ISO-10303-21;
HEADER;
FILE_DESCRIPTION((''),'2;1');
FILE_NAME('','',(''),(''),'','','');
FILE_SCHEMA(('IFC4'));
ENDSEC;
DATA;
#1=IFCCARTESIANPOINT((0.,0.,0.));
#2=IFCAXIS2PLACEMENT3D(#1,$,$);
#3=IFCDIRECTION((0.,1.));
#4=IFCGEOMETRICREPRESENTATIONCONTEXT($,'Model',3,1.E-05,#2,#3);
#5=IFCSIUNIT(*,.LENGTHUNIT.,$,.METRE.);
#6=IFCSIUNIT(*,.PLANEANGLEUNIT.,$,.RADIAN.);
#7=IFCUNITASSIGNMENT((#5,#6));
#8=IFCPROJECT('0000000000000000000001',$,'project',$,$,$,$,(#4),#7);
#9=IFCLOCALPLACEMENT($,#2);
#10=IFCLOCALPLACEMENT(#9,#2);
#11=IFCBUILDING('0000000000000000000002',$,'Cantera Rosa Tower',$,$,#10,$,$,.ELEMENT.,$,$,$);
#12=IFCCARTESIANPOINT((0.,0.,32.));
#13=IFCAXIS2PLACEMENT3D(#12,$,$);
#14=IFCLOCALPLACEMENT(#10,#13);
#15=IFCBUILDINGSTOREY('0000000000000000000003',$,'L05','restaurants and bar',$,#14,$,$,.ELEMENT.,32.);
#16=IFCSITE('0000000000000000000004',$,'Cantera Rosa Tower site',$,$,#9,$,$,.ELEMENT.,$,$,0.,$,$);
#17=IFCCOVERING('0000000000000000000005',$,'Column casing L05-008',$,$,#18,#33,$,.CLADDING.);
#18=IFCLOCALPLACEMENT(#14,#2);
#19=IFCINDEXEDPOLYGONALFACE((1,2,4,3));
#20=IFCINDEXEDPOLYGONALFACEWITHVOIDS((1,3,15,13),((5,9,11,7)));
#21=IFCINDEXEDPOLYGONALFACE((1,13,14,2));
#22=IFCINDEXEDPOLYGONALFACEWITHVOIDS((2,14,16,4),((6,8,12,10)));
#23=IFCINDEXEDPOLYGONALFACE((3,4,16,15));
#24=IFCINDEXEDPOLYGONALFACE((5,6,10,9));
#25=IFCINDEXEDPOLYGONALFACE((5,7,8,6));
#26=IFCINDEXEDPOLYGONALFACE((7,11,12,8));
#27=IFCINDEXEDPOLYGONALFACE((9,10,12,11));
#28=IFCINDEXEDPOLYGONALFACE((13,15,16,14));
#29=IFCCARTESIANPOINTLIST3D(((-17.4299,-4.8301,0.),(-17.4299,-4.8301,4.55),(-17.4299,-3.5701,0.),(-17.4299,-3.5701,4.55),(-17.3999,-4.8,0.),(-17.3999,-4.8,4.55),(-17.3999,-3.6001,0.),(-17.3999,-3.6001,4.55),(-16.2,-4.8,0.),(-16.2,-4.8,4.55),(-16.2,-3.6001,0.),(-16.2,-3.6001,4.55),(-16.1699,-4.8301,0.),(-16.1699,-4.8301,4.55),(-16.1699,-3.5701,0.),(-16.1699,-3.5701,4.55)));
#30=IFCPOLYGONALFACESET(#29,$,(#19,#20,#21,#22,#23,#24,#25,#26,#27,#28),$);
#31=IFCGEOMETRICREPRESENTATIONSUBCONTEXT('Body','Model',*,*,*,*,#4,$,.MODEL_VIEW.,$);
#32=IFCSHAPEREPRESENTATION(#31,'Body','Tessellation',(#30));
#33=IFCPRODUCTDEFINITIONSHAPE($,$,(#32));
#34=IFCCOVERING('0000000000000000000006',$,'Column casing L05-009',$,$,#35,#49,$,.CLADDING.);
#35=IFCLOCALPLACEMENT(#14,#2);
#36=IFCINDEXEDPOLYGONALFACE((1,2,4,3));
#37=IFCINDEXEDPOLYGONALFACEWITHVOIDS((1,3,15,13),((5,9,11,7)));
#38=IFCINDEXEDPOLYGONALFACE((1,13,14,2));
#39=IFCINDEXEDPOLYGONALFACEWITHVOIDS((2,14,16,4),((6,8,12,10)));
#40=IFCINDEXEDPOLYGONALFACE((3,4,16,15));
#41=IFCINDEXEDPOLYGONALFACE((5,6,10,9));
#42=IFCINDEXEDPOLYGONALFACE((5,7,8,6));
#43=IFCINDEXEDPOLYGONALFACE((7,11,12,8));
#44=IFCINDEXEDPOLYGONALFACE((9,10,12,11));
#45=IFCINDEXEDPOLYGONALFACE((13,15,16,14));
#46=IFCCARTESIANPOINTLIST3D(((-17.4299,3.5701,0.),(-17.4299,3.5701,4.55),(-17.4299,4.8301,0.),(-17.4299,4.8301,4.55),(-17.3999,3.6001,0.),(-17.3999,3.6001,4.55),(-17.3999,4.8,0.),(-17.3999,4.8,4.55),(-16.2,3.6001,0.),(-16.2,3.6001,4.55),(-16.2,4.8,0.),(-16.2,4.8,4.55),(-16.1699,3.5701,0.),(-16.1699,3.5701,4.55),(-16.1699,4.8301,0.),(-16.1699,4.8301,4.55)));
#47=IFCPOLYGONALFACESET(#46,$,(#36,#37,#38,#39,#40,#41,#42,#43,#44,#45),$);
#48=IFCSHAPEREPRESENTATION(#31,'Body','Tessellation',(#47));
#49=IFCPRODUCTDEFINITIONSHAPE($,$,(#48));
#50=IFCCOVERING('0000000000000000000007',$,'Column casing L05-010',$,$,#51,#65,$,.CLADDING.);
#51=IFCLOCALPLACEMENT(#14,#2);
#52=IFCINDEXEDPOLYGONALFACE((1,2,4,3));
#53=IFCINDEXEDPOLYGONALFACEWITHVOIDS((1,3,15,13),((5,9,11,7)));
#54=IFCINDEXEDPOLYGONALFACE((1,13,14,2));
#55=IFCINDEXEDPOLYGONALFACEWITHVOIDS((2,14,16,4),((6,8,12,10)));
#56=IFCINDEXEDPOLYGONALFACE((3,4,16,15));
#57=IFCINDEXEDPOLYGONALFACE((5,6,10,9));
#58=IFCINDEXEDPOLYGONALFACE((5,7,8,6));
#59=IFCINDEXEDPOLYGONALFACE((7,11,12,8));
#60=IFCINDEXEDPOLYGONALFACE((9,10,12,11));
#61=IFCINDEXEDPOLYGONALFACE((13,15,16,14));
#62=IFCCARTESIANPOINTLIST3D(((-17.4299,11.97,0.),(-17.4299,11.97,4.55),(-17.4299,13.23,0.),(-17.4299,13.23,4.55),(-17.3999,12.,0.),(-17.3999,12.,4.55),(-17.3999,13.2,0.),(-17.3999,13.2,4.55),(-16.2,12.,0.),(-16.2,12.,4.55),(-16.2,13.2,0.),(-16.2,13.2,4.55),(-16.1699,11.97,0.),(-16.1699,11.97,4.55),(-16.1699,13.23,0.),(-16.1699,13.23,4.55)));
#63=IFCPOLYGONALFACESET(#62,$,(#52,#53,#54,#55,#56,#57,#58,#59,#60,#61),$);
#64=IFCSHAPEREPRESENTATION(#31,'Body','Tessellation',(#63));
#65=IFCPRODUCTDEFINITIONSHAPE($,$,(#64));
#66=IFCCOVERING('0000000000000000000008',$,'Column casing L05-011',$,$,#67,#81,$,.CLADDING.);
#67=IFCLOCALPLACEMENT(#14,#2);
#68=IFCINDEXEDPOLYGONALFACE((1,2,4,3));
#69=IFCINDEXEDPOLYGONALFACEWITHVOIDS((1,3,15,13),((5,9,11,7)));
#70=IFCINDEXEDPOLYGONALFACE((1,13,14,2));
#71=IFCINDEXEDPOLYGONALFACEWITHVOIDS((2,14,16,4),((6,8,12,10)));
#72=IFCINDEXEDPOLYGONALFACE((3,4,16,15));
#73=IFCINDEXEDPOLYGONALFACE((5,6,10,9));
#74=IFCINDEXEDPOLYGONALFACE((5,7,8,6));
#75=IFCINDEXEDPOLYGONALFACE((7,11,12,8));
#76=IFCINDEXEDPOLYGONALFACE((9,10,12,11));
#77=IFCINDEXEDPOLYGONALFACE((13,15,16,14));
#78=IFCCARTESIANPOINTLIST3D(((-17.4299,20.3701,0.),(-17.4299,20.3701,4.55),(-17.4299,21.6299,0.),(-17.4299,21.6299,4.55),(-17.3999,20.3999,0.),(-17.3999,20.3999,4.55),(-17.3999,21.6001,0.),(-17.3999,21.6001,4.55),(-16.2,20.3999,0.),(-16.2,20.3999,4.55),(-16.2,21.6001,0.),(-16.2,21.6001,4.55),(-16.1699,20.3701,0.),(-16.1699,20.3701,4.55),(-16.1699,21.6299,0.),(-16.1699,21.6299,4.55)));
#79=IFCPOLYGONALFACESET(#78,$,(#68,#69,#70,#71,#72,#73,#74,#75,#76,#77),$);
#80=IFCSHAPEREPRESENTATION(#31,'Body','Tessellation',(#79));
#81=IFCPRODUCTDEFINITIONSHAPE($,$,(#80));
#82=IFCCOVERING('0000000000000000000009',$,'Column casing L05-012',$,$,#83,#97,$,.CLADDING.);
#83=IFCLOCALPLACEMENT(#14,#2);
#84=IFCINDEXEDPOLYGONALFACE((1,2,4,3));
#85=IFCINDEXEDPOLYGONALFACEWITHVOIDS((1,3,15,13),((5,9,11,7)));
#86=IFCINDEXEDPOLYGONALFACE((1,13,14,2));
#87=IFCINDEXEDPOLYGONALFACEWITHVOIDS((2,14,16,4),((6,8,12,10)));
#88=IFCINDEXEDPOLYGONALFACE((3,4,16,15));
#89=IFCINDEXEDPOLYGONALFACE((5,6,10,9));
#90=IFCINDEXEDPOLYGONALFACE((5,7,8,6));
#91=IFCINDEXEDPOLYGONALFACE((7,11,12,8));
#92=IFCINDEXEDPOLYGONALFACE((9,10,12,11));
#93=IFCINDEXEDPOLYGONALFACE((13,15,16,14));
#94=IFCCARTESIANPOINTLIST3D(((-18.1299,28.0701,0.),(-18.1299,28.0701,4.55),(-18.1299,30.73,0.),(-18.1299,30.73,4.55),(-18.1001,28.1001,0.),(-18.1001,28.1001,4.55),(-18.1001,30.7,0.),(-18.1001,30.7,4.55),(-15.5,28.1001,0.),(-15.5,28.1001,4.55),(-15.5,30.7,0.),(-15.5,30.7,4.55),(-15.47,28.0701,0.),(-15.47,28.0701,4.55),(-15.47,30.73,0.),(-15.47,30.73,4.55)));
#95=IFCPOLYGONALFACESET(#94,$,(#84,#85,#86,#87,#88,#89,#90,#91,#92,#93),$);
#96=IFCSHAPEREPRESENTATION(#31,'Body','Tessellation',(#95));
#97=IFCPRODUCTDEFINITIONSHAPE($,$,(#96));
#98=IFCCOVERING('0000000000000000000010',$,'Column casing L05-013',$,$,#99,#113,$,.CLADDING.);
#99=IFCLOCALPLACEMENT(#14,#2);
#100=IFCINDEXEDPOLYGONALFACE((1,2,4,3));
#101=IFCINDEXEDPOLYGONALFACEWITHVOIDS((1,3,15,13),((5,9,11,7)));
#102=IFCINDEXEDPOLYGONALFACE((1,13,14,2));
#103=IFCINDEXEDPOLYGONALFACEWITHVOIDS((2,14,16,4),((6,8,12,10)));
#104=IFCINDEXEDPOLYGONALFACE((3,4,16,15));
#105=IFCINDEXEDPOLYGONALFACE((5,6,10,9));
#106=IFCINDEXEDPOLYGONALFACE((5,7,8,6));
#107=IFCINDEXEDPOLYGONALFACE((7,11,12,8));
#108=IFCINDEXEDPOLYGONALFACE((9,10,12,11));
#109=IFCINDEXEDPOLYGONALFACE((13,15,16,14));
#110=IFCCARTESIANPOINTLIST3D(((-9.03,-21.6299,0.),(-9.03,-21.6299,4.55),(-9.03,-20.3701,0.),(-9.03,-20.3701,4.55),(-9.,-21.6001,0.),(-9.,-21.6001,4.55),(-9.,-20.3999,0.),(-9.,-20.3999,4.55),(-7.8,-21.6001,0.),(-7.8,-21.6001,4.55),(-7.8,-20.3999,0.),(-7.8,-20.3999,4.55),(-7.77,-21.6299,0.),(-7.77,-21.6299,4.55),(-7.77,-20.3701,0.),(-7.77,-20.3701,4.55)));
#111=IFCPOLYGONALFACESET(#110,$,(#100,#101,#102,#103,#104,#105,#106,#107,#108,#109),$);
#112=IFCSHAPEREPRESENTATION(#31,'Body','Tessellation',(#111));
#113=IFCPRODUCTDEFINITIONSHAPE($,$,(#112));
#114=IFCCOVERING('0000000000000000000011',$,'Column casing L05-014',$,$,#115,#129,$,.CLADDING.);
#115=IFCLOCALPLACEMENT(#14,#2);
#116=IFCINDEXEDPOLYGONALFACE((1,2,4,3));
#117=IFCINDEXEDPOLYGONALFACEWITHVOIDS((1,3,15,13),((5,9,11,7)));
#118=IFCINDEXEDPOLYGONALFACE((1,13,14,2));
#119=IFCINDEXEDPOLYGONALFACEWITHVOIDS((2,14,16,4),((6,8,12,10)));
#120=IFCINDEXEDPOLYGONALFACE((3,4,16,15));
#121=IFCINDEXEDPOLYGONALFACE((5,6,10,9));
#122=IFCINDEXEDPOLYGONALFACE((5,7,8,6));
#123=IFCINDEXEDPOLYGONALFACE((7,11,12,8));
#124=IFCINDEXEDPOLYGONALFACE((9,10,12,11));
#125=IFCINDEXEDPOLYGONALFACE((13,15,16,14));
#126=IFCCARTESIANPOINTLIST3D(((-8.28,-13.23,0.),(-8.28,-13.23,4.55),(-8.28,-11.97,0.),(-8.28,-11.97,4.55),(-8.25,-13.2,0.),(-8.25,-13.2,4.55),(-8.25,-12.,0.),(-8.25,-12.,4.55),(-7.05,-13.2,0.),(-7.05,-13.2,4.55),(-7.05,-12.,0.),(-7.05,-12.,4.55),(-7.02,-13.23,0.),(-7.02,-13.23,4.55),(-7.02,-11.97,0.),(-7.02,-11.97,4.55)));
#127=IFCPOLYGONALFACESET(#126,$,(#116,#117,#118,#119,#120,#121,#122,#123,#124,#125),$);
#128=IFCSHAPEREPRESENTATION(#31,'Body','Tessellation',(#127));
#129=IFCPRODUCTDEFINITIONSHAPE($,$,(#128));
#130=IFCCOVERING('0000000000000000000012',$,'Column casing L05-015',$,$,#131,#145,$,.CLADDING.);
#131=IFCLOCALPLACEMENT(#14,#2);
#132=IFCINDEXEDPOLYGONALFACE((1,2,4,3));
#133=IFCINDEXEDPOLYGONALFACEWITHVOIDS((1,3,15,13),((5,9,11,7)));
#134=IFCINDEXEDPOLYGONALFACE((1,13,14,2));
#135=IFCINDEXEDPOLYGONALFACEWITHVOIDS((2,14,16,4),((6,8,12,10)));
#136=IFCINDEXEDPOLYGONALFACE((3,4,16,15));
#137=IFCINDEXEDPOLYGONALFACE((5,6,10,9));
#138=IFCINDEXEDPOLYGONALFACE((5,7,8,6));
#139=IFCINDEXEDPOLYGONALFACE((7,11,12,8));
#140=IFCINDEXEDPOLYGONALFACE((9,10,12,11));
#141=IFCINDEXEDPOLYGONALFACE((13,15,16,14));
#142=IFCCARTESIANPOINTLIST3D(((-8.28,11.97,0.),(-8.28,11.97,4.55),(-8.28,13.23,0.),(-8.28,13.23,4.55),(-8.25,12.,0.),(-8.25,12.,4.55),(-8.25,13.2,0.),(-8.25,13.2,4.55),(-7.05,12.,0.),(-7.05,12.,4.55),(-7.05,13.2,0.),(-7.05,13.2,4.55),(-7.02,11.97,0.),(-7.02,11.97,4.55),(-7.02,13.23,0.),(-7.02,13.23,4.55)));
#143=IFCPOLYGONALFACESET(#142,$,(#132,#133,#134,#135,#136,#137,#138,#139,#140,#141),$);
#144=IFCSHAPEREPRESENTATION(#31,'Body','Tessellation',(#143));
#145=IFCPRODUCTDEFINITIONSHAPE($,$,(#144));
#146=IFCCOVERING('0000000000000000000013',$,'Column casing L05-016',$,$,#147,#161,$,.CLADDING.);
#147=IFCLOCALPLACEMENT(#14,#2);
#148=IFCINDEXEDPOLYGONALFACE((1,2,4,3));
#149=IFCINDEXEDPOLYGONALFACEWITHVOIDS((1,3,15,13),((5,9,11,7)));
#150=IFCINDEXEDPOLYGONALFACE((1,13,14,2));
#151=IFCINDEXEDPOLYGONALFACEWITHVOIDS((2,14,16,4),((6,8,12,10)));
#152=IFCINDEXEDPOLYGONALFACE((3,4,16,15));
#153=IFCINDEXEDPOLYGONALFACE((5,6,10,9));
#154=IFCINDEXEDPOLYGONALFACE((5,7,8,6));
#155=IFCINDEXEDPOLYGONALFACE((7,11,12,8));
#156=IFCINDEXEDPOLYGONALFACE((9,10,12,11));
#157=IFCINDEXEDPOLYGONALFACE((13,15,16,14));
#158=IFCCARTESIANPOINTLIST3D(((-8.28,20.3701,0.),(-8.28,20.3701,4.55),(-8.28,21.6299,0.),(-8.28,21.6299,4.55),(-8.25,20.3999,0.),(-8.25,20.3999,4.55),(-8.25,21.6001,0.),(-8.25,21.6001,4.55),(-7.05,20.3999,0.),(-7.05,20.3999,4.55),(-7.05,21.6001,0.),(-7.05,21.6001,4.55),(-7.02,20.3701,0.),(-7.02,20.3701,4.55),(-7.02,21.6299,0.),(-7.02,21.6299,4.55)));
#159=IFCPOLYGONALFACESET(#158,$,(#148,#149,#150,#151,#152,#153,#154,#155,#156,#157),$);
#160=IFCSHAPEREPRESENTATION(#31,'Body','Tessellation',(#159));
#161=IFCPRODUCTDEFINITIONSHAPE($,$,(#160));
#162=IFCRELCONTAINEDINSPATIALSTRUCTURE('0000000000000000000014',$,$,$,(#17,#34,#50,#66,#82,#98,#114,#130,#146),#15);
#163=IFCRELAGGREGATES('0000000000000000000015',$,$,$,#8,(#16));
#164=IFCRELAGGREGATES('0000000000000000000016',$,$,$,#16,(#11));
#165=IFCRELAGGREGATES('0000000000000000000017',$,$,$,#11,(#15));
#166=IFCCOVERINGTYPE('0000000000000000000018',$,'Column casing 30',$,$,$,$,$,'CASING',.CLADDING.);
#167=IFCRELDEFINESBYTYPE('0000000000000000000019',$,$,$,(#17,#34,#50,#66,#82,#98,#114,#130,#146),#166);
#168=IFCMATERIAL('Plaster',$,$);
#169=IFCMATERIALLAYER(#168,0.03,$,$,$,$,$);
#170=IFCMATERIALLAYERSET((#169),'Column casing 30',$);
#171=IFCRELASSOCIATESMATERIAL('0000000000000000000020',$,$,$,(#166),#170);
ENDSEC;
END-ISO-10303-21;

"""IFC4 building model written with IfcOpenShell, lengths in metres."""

from ifc_helpers import new_model, si_unit, direction, frame, origin, place, context, subcontext, project, spatial, polyline, outline, extrude, material, layer, layer_set, type_object, element, save


model = new_model("IFC4")

# Units and contexts
model_context = context("Model", 3, precision=1e-05, world=origin(), true_north=direction((0.0, 1.0)))
body_context = subcontext(model_context, "Body", "Model", "MODEL_VIEW")
ifc_project = project(units=[si_unit("LENGTHUNIT", "METRE"), si_unit("PLANEANGLEUNIT", "RADIAN")], contexts=[model_context])

# Site, building, storey
site_placement = place(None, origin())
site = spatial("IfcSite", under=ifc_project, at=site_placement, Name="Cantera Rosa Tower site", CompositionType="ELEMENT", RefElevation=0.0)
building_placement = place(site_placement, origin())
building = spatial("IfcBuilding", under=site, at=building_placement, Name="Cantera Rosa Tower", CompositionType="ELEMENT")
storey_placement = place(building_placement, frame((0.0, 0.0, 32.0)))
storey = spatial("IfcBuildingStorey", under=building, at=storey_placement, Name="L05", Description="restaurants and bar", CompositionType="ELEMENT", Elevation=32.0)

# Coverings
ifc_material_1 = material(Name="Plaster")
ifc_layer_1 = layer(ifc_material_1, 0.03)
ifc_layer_set_1 = layer_set([ifc_layer_1], Name="Column casing 30")
covering_type = type_object("IfcCoveringType", Name="Column casing 30", ElementType="CASING", PredefinedType="CLADDING", material=ifc_layer_set_1)
covering_1_placement = place(storey_placement, origin())
element("IfcCovering", 1, at=covering_1_placement, inside=storey, type_object=covering_type, Name="Column casing L05-008", PredefinedType="CLADDING", context=body_context, shape_type="SweptSolid", body=[
    extrude(outline(polyline([(-17.4299, -4.8301), (-16.1699, -4.8301), (-16.1699, -3.5701), (-17.4299, -3.5701), (-17.4299, -4.8301)]), holes=[polyline([(-16.2, -3.6001), (-17.3999, -3.6001), (-17.3999, -4.8), (-16.2, -4.8), (-16.2, -3.6001)])]), origin(), (0.0, 0.0, 1.0), 4.55),
])
covering_2_placement = place(storey_placement, origin())
element("IfcCovering", 2, at=covering_2_placement, inside=storey, type_object=covering_type, Name="Column casing L05-009", PredefinedType="CLADDING", context=body_context, shape_type="SweptSolid", body=[
    extrude(outline(polyline([(-17.4299, 3.5701), (-16.1699, 3.5701), (-16.1699, 4.8301), (-17.4299, 4.8301), (-17.4299, 3.5701)]), holes=[polyline([(-16.2, 4.8), (-17.3999, 4.8), (-17.3999, 3.6001), (-16.2, 3.6001), (-16.2, 4.8)])]), origin(), (0.0, 0.0, 1.0), 4.55),
])
covering_3_placement = place(storey_placement, origin())
element("IfcCovering", 3, at=covering_3_placement, inside=storey, type_object=covering_type, Name="Column casing L05-010", PredefinedType="CLADDING", context=body_context, shape_type="SweptSolid", body=[
    extrude(outline(polyline([(-17.4299, 11.97), (-16.1699, 11.97), (-16.1699, 13.23), (-17.4299, 13.23), (-17.4299, 11.97)]), holes=[polyline([(-16.2, 13.2), (-17.3999, 13.2), (-17.3999, 12.0), (-16.2, 12.0), (-16.2, 13.2)])]), origin(), (0.0, 0.0, 1.0), 4.55),
])
covering_4_placement = place(storey_placement, origin())
element("IfcCovering", 4, at=covering_4_placement, inside=storey, type_object=covering_type, Name="Column casing L05-011", PredefinedType="CLADDING", context=body_context, shape_type="SweptSolid", body=[
    extrude(outline(polyline([(-17.4299, 20.3701), (-16.1699, 20.3701), (-16.1699, 21.6299), (-17.4299, 21.6299), (-17.4299, 20.3701)]), holes=[polyline([(-16.2, 21.6001), (-17.3999, 21.6001), (-17.3999, 20.3999), (-16.2, 20.3999), (-16.2, 21.6001)])]), origin(), (0.0, 0.0, 1.0), 4.55),
])
covering_5_placement = place(storey_placement, origin())
element("IfcCovering", 5, at=covering_5_placement, inside=storey, type_object=covering_type, Name="Column casing L05-012", PredefinedType="CLADDING", context=body_context, shape_type="SweptSolid", body=[
    extrude(outline(polyline([(-18.1299, 28.0701), (-15.47, 28.0701), (-15.47, 30.73), (-18.1299, 30.73), (-18.1299, 28.0701)]), holes=[polyline([(-15.5, 30.7), (-18.1001, 30.7), (-18.1001, 28.1001), (-15.5, 28.1001), (-15.5, 30.7)])]), origin(), (0.0, 0.0, 1.0), 4.55),
])
covering_6_placement = place(storey_placement, origin())
element("IfcCovering", 6, at=covering_6_placement, inside=storey, type_object=covering_type, Name="Column casing L05-013", PredefinedType="CLADDING", context=body_context, shape_type="SweptSolid", body=[
    extrude(outline(polyline([(-9.03, -21.6299), (-7.77, -21.6299), (-7.77, -20.3701), (-9.03, -20.3701), (-9.03, -21.6299)]), holes=[polyline([(-7.8, -20.3999), (-9.0, -20.3999), (-9.0, -21.6001), (-7.8, -21.6001), (-7.8, -20.3999)])]), origin(), (0.0, 0.0, 1.0), 4.55),
])
covering_7_placement = place(storey_placement, origin())
element("IfcCovering", 7, at=covering_7_placement, inside=storey, type_object=covering_type, Name="Column casing L05-014", PredefinedType="CLADDING", context=body_context, shape_type="SweptSolid", body=[
    extrude(outline(polyline([(-8.28, -13.23), (-7.02, -13.23), (-7.02, -11.97), (-8.28, -11.97), (-8.28, -13.23)]), holes=[polyline([(-7.05, -12.0), (-8.25, -12.0), (-8.25, -13.2), (-7.05, -13.2), (-7.05, -12.0)])]), origin(), (0.0, 0.0, 1.0), 4.55),
])
covering_8_placement = place(storey_placement, origin())
element("IfcCovering", 8, at=covering_8_placement, inside=storey, type_object=covering_type, Name="Column casing L05-015", PredefinedType="CLADDING", context=body_context, shape_type="SweptSolid", body=[
    extrude(outline(polyline([(-8.28, 11.97), (-7.02, 11.97), (-7.02, 13.23), (-8.28, 13.23), (-8.28, 11.97)]), holes=[polyline([(-7.05, 13.2), (-8.25, 13.2), (-8.25, 12.0), (-7.05, 12.0), (-7.05, 13.2)])]), origin(), (0.0, 0.0, 1.0), 4.55),
])
covering_9_placement = place(storey_placement, origin())
element("IfcCovering", 9, at=covering_9_placement, inside=storey, type_object=covering_type, Name="Column casing L05-016", PredefinedType="CLADDING", context=body_context, shape_type="SweptSolid", body=[
    extrude(outline(polyline([(-8.28, 20.3701), (-7.02, 20.3701), (-7.02, 21.6299), (-8.28, 21.6299), (-8.28, 20.3701)]), holes=[polyline([(-7.05, 21.6001), (-8.25, 21.6001), (-8.25, 20.3999), (-7.05, 20.3999), (-7.05, 21.6001)])]), origin(), (0.0, 0.0, 1.0), 4.55),
])

save(model, "model.ifc")
